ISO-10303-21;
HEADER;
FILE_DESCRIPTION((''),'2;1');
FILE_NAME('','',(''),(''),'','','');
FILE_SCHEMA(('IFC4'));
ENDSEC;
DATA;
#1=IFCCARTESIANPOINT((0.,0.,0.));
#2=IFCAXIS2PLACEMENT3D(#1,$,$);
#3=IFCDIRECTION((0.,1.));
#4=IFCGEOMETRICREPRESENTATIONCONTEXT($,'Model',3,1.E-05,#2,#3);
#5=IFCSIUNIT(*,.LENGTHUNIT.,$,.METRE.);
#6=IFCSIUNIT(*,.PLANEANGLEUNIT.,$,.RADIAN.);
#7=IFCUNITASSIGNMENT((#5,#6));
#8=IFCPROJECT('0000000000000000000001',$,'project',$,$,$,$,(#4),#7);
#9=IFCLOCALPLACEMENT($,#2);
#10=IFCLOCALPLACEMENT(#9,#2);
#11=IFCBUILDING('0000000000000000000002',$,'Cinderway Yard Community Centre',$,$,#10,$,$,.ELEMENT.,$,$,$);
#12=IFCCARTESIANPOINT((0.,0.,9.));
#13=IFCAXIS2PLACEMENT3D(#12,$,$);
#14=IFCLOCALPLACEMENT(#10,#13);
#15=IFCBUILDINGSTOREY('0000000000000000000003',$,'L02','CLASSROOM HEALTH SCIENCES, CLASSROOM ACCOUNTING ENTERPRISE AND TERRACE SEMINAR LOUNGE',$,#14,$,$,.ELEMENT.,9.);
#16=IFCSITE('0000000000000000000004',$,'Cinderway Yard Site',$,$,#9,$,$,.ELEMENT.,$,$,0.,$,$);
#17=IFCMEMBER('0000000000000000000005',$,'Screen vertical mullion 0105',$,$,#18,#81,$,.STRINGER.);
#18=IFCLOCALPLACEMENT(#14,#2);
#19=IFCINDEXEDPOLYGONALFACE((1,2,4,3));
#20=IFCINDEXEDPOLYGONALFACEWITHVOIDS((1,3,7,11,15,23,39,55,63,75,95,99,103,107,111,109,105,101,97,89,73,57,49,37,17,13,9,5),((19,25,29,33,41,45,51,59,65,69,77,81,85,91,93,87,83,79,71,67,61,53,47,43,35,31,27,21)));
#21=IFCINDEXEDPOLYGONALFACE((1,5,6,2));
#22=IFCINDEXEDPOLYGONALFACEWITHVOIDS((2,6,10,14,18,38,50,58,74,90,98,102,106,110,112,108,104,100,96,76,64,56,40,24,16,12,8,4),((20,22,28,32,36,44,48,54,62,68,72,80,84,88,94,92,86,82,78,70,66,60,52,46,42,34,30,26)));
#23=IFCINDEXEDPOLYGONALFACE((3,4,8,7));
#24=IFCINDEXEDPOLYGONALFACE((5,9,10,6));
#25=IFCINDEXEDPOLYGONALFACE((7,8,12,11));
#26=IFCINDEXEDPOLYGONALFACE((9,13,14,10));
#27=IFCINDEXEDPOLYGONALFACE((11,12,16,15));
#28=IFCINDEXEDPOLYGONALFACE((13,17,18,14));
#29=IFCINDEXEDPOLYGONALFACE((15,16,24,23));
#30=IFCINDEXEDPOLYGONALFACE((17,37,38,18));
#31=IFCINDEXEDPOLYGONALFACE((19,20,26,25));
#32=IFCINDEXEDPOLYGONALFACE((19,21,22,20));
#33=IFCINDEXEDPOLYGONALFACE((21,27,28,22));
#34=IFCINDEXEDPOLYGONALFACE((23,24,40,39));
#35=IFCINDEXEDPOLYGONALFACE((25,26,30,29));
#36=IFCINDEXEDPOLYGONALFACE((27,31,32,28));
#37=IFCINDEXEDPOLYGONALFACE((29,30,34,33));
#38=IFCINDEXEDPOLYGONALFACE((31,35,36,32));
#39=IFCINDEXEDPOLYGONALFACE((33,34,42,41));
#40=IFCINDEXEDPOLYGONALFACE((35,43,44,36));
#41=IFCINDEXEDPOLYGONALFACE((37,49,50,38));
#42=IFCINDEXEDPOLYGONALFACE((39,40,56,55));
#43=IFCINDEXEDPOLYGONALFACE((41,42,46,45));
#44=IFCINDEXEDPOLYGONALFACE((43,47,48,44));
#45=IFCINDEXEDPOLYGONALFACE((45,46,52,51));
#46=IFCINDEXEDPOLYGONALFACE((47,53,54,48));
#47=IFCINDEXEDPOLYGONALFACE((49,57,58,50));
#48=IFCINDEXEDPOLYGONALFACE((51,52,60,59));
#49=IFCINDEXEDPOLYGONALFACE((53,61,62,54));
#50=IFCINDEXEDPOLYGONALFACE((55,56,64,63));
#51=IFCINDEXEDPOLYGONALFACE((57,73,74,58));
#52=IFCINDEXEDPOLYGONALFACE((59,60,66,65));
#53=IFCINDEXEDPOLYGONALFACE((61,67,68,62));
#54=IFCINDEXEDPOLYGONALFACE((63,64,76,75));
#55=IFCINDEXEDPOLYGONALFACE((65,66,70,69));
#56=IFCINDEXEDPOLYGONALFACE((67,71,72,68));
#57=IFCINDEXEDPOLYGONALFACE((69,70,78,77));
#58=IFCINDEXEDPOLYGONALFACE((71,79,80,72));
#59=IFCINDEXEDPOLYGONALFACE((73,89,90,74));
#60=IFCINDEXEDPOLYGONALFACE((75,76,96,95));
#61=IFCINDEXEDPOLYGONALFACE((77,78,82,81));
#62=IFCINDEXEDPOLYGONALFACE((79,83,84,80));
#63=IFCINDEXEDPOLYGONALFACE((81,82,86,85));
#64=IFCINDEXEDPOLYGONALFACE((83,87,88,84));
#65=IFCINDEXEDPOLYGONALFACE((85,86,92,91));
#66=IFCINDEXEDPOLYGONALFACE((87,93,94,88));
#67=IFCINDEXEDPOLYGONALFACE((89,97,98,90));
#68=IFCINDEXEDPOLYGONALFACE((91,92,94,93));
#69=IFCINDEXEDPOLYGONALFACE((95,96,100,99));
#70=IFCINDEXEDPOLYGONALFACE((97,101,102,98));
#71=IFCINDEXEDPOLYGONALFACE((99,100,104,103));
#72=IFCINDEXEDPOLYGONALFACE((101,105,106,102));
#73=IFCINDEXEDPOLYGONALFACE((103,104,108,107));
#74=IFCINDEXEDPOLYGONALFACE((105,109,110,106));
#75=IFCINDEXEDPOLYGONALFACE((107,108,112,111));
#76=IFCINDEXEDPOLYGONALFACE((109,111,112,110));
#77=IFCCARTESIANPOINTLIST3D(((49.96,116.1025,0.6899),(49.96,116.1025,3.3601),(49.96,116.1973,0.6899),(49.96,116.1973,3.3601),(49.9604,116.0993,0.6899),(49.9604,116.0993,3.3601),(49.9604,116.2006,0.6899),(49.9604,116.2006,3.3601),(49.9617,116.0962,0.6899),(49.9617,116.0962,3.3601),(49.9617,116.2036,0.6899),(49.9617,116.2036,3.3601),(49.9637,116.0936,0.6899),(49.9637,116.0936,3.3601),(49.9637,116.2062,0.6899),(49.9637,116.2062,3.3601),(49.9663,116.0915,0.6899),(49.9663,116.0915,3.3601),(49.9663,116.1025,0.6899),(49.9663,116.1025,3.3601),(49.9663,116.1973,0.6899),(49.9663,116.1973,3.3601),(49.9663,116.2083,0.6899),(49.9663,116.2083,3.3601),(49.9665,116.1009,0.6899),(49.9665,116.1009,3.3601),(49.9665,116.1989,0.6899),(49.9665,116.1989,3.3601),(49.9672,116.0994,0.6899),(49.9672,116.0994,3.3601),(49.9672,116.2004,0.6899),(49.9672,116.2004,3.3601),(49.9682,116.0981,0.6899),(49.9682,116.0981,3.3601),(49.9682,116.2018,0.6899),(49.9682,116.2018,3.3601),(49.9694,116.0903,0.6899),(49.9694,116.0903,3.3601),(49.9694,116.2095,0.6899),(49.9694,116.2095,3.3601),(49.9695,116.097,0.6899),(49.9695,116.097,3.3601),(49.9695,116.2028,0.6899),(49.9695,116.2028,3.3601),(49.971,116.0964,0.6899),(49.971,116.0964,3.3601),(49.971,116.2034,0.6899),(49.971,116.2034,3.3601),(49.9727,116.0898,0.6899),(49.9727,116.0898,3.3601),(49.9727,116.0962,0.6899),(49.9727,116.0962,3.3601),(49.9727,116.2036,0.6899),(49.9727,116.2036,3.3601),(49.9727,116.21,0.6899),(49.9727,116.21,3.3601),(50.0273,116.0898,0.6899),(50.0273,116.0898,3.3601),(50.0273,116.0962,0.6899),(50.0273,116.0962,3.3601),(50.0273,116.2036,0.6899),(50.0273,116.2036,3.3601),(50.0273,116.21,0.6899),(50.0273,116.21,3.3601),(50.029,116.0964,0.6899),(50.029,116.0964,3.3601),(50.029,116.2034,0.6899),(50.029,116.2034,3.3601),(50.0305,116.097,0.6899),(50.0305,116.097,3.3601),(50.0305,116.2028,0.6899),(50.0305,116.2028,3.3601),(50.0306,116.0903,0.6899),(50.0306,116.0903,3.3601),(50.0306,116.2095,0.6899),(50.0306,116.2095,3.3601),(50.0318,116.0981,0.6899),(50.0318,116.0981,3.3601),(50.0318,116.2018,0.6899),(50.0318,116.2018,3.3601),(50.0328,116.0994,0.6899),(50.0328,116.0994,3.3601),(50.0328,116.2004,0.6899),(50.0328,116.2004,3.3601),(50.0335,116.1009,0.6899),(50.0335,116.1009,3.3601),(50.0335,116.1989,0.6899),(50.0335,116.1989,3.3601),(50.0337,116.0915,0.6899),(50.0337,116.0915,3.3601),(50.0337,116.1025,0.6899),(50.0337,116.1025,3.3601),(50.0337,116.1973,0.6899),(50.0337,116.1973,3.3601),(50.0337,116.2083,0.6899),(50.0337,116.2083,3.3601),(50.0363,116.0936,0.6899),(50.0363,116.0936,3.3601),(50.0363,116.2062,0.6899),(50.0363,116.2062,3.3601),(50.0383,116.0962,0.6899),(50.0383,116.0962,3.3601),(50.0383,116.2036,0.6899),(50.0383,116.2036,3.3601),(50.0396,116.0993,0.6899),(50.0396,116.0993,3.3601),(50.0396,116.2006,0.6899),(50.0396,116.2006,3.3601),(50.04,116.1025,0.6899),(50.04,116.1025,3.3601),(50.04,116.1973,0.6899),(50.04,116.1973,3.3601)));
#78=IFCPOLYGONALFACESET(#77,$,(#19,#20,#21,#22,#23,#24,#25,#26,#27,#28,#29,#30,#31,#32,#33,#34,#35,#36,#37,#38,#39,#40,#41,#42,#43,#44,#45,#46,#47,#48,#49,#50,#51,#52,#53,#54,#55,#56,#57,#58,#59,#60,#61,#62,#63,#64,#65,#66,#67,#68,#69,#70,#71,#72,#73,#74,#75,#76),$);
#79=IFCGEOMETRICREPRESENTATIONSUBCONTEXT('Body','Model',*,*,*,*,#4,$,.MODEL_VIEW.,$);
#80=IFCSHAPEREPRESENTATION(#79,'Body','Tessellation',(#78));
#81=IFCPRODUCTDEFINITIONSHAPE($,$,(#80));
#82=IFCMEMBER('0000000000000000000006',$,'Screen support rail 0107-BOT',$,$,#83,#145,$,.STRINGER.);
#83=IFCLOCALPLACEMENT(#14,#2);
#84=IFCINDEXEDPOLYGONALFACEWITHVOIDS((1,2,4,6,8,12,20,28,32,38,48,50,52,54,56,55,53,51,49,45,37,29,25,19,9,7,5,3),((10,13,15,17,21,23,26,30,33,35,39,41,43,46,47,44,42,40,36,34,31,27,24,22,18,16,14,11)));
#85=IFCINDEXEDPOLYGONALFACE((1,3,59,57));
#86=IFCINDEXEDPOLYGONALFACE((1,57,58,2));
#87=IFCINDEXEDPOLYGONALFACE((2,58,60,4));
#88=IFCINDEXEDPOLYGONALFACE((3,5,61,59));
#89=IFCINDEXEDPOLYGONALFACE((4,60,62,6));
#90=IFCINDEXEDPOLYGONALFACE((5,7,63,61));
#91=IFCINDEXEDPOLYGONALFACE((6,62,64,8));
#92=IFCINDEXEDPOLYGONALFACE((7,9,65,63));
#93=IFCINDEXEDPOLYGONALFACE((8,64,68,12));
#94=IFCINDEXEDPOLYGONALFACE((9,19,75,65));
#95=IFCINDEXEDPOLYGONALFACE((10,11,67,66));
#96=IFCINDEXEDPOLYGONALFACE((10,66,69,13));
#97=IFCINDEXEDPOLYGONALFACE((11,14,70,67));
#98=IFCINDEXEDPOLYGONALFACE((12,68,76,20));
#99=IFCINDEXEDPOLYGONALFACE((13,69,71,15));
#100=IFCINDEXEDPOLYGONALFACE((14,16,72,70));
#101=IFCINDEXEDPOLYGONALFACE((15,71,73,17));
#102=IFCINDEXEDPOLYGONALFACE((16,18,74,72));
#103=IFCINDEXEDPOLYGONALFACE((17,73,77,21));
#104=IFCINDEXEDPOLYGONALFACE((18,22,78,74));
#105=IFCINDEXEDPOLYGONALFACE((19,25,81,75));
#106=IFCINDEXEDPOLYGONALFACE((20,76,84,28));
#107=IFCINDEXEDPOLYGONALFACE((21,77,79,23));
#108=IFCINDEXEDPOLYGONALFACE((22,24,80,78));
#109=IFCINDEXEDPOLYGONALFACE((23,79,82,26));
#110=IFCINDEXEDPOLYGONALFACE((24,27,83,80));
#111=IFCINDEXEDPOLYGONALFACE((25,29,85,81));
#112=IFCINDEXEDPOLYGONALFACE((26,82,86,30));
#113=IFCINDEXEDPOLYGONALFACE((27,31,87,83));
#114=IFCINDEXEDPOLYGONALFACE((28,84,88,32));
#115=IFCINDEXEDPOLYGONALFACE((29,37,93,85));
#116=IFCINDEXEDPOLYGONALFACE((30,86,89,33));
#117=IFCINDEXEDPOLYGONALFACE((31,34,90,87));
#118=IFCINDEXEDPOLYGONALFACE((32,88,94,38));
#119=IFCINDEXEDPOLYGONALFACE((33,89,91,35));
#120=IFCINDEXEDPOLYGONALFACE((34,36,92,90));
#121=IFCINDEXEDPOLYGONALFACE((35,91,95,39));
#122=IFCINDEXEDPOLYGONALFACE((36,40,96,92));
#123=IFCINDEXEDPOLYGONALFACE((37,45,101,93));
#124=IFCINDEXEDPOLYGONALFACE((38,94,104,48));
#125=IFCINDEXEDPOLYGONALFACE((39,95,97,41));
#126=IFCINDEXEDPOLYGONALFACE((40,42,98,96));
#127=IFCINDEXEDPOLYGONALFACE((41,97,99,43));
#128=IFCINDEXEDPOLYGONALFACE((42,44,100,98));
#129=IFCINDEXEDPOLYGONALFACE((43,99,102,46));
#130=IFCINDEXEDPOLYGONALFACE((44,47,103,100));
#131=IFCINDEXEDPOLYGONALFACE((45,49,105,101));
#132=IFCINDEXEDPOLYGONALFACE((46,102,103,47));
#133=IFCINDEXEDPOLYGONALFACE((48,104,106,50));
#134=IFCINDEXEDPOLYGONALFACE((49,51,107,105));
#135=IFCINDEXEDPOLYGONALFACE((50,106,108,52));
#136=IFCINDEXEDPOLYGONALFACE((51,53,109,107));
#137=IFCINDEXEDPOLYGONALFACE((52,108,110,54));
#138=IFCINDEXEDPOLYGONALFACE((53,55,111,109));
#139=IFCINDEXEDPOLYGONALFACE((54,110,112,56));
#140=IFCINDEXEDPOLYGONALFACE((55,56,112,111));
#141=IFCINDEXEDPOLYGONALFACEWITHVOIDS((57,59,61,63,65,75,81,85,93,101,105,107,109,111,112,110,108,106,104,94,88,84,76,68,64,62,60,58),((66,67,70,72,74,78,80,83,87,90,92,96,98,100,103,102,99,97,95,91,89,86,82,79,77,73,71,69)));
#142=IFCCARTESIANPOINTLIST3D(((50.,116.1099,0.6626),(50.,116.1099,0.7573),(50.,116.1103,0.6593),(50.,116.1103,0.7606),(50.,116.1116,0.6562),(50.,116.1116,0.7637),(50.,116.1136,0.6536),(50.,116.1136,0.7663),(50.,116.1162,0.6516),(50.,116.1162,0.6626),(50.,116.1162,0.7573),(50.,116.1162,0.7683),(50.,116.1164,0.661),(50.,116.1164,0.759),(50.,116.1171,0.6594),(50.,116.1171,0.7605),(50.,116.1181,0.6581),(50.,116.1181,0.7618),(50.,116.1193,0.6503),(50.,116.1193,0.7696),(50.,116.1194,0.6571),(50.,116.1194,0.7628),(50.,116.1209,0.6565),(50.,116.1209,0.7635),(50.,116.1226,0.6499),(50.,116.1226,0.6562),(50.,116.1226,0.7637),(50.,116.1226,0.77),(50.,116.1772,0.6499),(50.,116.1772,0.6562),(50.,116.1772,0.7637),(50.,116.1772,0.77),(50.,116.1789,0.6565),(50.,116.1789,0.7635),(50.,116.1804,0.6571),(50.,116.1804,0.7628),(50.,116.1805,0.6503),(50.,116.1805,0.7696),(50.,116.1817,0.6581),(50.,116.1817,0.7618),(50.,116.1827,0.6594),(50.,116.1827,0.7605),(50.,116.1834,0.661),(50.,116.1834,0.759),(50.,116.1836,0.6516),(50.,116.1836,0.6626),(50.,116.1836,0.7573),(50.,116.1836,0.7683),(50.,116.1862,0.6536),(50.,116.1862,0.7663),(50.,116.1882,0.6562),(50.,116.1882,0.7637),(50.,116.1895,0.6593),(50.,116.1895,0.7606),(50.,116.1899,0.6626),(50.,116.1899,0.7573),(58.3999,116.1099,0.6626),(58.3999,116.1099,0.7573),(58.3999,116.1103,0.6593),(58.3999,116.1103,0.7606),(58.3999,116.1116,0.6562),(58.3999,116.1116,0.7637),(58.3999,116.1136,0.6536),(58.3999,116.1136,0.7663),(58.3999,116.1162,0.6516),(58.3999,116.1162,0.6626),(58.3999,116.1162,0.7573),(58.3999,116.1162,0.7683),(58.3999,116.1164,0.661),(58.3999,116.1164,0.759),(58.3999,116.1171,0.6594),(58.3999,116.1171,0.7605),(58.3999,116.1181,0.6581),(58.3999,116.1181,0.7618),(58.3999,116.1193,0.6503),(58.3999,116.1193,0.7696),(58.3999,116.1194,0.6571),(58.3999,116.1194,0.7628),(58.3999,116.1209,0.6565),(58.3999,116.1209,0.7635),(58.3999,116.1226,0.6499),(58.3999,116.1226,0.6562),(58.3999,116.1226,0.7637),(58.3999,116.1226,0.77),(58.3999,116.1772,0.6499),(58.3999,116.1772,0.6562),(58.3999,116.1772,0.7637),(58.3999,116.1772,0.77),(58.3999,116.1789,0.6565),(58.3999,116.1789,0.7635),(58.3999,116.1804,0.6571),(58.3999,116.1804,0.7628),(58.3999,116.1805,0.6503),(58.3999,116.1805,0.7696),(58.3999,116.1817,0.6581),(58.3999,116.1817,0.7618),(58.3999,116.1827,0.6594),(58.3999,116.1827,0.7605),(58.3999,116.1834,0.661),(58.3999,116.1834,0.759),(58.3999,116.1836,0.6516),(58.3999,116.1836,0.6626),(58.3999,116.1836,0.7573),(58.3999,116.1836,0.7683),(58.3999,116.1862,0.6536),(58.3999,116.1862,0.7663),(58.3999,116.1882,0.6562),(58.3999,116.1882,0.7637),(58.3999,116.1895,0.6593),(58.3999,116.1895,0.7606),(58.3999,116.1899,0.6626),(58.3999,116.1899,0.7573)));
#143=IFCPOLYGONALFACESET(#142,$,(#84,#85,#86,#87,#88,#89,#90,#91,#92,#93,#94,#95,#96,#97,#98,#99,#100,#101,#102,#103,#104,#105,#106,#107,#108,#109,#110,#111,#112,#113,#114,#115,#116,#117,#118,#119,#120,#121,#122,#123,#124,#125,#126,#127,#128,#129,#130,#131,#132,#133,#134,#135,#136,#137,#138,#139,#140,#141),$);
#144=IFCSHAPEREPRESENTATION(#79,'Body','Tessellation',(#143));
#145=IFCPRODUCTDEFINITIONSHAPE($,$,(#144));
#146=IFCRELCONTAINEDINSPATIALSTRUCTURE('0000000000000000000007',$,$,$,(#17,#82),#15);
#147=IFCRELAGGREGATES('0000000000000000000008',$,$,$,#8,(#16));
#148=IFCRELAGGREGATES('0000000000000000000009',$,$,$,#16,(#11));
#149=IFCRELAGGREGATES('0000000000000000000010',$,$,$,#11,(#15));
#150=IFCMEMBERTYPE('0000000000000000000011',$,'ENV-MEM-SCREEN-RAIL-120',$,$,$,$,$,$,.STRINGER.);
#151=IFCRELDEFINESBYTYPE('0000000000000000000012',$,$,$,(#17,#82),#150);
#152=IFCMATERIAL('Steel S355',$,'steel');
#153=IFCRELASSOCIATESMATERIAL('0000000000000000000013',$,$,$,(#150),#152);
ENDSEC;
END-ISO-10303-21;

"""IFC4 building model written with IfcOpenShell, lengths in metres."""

from ifc_helpers import new_model, si_unit, direction, frame, origin, origin_2d, place, context, subcontext, project, spatial, hollow_rectangle, extrude, material, material_profile, profile_set, type_object, element, save


model = new_model("IFC4")

# Units and contexts
model_context = context("Model", 3, precision=1e-05, world=origin(), true_north=direction((0.0, 1.0)))
body_context = subcontext(model_context, "Body", "Model", "MODEL_VIEW")
ifc_project = project(units=[si_unit("LENGTHUNIT", "METRE"), si_unit("PLANEANGLEUNIT", "RADIAN")], contexts=[model_context])

# Site, building, storey
site_placement = place(None, origin())
site = spatial("IfcSite", under=ifc_project, at=site_placement, Name="Cinderway Yard Site", CompositionType="ELEMENT", RefElevation=0.0)
building_placement = place(site_placement, origin())
building = spatial("IfcBuilding", under=site, at=building_placement, Name="Cinderway Yard Community Centre", CompositionType="ELEMENT")
storey_placement = place(building_placement, frame((0.0, 0.0, 9.0)))
storey = spatial("IfcBuildingStorey", under=building, at=storey_placement, Name="L02", Description="CLASSROOM HEALTH SCIENCES, CLASSROOM ACCOUNTING ENTERPRISE AND TERRACE SEMINAR LOUNGE", CompositionType="ELEMENT", Elevation=9.0)

# Members
ifc_material_1 = material(Name="Steel S355", Category="steel")
ifc_material_profile_1 = material_profile(ifc_material_1, hollow_rectangle(XDim=0.0801, YDim=0.1201, WallThickness=0.0063, InnerFilletRadius=0.0063, OuterFilletRadius=0.0127, at=origin_2d()), Name="Steel S355")
ifc_profile_set_1 = profile_set([ifc_material_profile_1], Name="Steel S355")
member_type_1 = type_object("IfcMemberType", Name="ENV-MEM-SCREEN-RAIL-120", PredefinedType="STRINGER", material=ifc_profile_set_1)
for number, where, z_axis, x_axis, name in (
    (1, (50.0, 116.1499, 0.6899), (0.0, 0.0, 1.0), (1.0, 0.0, 0.0), "Screen vertical mullion 0105"),
):
    element("IfcMember", number, at=place(storey_placement, frame(where, z_axis=z_axis, x_axis=x_axis)), inside=storey, type_object=member_type_1, Name=name, PredefinedType="STRINGER", context=body_context, shape_type="SweptSolid", body=[
        extrude(hollow_rectangle(XDim=0.0801, YDim=0.1201, WallThickness=0.0063, InnerFilletRadius=0.0063, OuterFilletRadius=0.0127, at=origin_2d()), origin(), (0.0, 0.0, 1.0), 2.6702),
    ])
for number, where, z_axis, x_axis, name in (
    (2, (50.0, 116.1499, 0.71), (1.0, 0.0, 0.0), (0.0, 1.0, 0.0), "Screen support rail 0107-BOT"),
):
    element("IfcMember", number, at=place(storey_placement, frame(where, z_axis=z_axis, x_axis=x_axis)), inside=storey, type_object=member_type_1, Name=name, PredefinedType="STRINGER", context=body_context, shape_type="SweptSolid", body=[
        extrude(hollow_rectangle(XDim=0.0801, YDim=0.1201, WallThickness=0.0063, InnerFilletRadius=0.0063, OuterFilletRadius=0.0127, at=origin_2d()), origin(), (0.0, 0.0, 1.0), 8.3999),
    ])

save(model, "model.ifc")
